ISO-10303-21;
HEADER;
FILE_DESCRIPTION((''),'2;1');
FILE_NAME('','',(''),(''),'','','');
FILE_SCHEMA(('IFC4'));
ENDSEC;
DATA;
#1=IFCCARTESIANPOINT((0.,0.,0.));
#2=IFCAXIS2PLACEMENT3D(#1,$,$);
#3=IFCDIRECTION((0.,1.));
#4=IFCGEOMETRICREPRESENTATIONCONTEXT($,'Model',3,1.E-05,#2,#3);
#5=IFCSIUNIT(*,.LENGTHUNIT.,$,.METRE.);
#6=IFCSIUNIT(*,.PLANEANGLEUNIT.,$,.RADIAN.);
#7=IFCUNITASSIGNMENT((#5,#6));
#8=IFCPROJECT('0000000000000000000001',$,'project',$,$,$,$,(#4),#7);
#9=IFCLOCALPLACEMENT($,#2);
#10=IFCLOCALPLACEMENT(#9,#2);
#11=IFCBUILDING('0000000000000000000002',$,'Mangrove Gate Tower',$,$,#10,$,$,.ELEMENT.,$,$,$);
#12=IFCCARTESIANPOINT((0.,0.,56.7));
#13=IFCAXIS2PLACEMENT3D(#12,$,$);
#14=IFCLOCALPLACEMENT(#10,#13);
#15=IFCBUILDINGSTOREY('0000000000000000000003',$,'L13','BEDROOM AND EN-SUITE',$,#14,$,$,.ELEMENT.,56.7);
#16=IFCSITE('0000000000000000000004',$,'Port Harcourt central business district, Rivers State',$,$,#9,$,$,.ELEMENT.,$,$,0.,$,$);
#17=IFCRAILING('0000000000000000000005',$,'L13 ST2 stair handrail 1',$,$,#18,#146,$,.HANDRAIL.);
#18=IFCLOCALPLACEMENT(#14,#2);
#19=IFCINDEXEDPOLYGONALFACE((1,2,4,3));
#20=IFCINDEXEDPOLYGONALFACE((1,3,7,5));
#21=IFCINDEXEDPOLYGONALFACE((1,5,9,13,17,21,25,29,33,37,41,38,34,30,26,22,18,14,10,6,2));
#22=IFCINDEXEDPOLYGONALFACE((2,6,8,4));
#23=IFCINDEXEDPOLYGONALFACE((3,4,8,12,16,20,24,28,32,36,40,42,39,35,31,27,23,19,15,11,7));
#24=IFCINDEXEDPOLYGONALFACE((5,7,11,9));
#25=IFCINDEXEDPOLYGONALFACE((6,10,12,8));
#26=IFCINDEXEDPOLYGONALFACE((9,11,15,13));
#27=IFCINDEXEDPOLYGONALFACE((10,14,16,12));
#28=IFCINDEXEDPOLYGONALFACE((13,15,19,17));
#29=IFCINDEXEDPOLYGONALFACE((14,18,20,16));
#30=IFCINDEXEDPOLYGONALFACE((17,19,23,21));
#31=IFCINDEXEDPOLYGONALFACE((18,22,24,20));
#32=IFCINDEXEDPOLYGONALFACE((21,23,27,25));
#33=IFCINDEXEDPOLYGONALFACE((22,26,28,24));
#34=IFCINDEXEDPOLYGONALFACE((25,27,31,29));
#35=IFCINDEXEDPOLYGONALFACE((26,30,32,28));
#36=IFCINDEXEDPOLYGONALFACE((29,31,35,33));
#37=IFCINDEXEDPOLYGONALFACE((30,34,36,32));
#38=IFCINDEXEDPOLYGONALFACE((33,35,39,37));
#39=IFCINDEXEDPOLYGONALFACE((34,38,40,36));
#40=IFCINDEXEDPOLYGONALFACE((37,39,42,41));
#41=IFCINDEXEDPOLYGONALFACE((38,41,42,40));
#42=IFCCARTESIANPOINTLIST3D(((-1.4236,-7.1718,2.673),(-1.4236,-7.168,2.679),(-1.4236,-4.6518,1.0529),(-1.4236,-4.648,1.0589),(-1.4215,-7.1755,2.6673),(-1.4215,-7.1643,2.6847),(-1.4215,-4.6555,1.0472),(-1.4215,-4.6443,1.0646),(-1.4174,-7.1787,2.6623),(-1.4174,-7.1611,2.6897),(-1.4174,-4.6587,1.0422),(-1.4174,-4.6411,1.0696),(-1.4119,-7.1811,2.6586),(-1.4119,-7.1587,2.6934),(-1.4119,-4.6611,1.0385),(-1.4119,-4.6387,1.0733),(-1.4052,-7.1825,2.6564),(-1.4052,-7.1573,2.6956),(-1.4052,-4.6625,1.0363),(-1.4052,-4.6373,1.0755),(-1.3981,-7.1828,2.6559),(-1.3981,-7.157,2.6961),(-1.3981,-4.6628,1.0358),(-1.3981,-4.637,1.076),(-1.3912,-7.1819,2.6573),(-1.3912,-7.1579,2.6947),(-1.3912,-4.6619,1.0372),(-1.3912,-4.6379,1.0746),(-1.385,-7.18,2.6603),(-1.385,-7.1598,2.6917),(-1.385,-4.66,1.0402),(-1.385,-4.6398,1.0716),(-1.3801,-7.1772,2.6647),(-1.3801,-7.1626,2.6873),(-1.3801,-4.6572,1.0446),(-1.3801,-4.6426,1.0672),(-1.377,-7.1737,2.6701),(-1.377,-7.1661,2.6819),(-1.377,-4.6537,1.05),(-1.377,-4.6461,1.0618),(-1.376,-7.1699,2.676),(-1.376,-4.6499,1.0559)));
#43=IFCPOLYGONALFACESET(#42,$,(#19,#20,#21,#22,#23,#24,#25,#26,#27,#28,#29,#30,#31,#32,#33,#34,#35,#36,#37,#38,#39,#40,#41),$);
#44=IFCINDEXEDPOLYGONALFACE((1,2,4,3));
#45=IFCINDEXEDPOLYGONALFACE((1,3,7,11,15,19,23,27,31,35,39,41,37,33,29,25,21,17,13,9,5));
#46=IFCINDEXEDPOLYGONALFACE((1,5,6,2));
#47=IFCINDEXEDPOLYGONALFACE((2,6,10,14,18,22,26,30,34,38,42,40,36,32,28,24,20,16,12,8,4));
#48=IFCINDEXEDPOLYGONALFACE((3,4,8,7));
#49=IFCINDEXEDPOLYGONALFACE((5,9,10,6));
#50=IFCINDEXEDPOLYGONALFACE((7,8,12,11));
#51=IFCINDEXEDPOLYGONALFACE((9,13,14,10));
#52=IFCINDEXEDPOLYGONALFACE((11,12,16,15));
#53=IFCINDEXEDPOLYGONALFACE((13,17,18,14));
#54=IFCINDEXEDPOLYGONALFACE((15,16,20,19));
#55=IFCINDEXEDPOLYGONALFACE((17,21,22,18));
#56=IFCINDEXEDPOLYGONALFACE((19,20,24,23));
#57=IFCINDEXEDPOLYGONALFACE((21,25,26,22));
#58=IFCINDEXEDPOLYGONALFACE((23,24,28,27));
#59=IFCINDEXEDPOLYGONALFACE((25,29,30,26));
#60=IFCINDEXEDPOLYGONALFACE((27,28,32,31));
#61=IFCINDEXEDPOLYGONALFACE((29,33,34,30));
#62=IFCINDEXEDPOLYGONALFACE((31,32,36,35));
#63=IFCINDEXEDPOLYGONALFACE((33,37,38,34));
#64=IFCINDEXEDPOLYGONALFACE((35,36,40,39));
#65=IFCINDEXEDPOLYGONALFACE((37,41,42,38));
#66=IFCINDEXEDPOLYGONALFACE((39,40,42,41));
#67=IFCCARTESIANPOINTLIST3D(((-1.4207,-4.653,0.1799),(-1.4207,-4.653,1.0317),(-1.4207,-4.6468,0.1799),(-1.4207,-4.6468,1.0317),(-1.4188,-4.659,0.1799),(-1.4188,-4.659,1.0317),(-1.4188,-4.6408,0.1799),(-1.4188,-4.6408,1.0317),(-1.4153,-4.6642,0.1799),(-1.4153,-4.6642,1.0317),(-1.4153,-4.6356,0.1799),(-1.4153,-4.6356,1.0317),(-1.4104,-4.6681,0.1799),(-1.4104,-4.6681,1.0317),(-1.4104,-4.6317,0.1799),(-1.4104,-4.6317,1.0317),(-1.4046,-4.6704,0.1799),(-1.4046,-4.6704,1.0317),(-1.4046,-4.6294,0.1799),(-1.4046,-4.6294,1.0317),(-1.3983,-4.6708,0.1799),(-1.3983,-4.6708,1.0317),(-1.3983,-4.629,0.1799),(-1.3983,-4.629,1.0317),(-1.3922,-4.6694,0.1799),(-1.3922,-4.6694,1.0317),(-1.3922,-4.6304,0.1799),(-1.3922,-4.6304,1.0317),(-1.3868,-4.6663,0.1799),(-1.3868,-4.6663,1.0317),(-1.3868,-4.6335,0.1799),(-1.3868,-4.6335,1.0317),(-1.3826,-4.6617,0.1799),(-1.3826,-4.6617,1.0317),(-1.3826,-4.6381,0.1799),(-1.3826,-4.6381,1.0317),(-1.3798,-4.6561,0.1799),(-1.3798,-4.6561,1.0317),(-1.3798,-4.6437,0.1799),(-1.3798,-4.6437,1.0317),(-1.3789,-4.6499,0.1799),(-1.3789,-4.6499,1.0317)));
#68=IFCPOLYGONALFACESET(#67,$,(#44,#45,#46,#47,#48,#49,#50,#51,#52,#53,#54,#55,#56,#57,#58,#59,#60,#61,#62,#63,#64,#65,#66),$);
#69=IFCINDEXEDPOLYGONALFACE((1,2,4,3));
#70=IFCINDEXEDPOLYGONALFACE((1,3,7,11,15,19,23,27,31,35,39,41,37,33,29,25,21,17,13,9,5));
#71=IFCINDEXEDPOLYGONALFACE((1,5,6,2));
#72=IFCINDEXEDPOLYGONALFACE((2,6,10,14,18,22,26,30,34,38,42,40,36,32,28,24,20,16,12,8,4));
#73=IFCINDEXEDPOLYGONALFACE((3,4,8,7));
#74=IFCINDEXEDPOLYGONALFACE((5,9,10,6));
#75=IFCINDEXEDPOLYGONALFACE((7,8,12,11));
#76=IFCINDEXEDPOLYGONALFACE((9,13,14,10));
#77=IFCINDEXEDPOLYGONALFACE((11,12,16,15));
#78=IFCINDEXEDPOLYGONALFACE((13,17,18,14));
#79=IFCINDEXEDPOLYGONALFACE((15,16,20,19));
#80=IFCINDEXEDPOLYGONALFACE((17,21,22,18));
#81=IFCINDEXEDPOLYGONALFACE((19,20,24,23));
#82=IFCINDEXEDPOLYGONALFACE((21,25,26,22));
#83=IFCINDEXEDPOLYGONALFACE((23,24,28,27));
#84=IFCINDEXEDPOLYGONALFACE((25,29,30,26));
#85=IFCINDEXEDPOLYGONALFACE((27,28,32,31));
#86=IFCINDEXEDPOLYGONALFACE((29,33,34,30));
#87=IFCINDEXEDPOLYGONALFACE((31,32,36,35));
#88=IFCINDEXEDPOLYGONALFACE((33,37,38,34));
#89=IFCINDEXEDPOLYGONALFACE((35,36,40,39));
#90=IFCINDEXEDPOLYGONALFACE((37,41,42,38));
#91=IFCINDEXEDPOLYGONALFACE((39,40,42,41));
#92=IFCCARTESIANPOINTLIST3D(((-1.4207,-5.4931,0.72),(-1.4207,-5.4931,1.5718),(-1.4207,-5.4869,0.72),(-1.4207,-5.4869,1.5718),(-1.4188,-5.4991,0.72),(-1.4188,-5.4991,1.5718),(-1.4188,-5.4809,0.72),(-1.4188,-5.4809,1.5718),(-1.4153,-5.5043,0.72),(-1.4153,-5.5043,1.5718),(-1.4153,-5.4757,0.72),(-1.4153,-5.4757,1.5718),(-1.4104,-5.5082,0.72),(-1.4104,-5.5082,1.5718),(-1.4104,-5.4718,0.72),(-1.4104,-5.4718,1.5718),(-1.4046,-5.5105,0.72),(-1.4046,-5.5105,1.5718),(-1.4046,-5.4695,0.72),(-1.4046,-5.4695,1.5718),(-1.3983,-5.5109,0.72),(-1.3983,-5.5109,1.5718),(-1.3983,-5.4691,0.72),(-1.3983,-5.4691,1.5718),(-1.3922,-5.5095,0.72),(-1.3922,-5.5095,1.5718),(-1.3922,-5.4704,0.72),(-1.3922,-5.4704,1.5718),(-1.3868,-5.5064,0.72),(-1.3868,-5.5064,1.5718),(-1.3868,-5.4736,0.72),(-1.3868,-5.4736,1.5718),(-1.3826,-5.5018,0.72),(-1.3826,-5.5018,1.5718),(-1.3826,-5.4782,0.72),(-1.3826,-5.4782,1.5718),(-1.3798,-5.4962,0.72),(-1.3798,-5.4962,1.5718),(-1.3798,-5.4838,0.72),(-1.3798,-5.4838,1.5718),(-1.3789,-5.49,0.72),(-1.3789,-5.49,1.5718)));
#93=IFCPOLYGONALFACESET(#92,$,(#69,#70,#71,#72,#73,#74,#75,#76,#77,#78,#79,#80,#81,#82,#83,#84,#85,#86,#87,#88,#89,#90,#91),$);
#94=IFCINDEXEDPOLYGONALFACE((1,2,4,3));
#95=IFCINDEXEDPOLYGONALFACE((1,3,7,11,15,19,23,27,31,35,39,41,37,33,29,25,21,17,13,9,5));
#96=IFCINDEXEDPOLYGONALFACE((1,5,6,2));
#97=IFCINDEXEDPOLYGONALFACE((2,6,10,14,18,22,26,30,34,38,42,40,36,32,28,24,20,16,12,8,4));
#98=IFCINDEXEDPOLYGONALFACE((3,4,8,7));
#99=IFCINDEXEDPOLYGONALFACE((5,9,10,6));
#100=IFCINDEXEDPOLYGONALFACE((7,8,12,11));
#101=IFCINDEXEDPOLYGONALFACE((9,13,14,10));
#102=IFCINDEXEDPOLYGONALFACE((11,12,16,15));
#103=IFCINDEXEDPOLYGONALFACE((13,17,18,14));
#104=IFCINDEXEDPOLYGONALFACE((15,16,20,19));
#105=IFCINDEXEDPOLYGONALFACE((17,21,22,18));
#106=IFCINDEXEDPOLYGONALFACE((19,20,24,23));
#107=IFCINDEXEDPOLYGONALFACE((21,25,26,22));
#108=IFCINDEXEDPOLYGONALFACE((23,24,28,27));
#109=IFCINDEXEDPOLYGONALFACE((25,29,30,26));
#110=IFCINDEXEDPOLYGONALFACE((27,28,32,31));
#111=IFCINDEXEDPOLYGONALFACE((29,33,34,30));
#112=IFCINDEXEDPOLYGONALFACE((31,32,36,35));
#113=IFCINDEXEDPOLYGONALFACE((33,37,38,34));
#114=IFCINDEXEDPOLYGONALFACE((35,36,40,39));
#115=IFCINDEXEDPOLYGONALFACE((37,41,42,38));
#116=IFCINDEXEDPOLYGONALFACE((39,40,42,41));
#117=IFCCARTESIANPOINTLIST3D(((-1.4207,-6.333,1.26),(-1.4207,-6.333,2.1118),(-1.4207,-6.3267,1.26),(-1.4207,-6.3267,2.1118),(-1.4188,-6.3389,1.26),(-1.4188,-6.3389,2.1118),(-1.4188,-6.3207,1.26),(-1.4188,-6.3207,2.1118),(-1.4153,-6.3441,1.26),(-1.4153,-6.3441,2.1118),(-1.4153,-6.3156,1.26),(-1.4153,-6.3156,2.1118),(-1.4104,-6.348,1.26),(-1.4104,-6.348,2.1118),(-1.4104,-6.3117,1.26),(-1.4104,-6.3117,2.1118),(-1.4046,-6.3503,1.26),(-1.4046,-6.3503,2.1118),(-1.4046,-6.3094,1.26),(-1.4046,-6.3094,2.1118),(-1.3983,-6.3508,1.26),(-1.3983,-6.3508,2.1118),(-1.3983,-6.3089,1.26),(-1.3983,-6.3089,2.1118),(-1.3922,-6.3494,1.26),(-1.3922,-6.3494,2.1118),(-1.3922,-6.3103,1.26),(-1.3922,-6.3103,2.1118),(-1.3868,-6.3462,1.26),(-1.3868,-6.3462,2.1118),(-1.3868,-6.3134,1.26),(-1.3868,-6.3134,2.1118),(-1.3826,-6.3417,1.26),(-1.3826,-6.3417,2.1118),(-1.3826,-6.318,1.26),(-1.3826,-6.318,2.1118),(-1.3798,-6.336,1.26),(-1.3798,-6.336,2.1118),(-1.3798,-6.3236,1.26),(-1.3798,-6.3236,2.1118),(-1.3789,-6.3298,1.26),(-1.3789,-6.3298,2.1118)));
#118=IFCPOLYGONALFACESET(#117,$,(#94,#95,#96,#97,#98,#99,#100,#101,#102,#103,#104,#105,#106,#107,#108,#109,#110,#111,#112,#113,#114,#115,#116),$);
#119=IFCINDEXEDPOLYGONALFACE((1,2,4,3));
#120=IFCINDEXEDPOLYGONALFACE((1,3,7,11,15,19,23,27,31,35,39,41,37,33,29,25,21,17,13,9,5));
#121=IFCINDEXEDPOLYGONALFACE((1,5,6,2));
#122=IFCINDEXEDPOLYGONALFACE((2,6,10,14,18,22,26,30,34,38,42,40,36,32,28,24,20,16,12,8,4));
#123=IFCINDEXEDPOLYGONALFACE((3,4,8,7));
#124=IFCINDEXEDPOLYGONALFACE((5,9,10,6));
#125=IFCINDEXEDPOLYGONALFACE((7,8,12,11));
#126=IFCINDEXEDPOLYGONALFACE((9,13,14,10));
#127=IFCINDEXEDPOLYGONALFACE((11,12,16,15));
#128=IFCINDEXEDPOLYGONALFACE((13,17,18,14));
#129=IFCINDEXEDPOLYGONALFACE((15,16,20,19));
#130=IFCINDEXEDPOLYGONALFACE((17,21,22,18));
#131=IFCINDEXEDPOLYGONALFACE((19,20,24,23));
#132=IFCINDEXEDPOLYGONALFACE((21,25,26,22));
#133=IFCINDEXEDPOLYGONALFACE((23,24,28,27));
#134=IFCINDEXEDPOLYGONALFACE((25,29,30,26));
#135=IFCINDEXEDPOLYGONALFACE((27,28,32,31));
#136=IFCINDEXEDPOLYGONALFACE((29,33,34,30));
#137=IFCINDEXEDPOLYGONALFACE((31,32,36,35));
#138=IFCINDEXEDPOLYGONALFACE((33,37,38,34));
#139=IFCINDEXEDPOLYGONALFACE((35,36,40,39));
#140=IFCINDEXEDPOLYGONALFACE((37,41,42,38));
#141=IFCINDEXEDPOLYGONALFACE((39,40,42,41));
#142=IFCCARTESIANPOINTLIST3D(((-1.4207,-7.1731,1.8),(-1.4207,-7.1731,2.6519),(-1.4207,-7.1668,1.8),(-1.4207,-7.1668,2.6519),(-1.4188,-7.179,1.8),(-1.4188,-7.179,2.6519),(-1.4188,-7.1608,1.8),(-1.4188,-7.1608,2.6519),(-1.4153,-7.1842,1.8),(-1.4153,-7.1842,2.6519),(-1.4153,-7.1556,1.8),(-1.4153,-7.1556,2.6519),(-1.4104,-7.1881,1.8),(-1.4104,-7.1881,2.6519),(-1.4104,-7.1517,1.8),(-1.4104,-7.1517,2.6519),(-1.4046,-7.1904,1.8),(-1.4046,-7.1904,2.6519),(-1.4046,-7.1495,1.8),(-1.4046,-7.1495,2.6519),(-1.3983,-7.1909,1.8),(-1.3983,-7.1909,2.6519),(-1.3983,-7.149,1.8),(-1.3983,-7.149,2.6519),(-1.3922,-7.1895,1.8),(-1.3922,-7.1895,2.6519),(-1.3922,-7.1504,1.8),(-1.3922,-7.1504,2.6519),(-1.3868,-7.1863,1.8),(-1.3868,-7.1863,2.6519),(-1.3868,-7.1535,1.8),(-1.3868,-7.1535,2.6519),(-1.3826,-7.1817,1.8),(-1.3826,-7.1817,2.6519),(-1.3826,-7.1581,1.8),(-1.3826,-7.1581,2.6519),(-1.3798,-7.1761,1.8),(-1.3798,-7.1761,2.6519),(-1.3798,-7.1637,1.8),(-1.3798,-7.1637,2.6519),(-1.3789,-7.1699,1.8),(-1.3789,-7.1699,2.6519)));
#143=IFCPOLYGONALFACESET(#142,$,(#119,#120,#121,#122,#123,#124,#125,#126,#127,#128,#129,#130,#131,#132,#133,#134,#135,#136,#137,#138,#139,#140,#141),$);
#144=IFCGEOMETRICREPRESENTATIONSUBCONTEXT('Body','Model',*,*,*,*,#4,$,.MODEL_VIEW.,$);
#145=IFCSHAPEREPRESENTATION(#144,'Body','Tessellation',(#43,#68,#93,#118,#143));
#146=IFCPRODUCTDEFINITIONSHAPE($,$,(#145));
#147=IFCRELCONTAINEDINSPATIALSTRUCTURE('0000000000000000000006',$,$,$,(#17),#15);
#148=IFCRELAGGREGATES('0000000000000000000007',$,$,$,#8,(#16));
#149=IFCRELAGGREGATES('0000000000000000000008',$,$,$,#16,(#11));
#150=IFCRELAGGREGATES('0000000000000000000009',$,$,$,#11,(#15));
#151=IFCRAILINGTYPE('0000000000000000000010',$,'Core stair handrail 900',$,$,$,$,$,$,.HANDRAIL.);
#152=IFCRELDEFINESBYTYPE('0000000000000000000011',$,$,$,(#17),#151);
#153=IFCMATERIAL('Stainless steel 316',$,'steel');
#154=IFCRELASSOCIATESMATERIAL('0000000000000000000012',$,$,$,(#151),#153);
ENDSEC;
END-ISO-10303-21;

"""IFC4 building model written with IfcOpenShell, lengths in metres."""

from ifc_helpers import new_model, si_unit, direction, frame, origin, origin_2d, place, context, subcontext, project, spatial, circle, extrude, material, type_object, element, save


model = new_model("IFC4")

# Units and contexts
model_context = context("Model", 3, precision=1e-05, world=origin(), true_north=direction((0.0, 1.0)))
body_context = subcontext(model_context, "Body", "Model", "MODEL_VIEW")
ifc_project = project(units=[si_unit("LENGTHUNIT", "METRE"), si_unit("PLANEANGLEUNIT", "RADIAN")], contexts=[model_context])

# Site, building, storey
site_placement = place(None, origin())
site = spatial("IfcSite", under=ifc_project, at=site_placement, Name="Port Harcourt central business district, Rivers State", CompositionType="ELEMENT", RefElevation=0.0)
building_placement = place(site_placement, origin())
building = spatial("IfcBuilding", under=site, at=building_placement, Name="Mangrove Gate Tower", CompositionType="ELEMENT")
storey_placement = place(building_placement, frame((0.0, 0.0, 56.7)))
storey = spatial("IfcBuildingStorey", under=building, at=storey_placement, Name="L13", Description="BEDROOM AND EN-SUITE", CompositionType="ELEMENT", Elevation=56.7)

# Railing
ifc_material_1 = material(Name="Stainless steel 316", Category="steel")
railing_type_1 = type_object("IfcRailingType", Name="Core stair handrail 900", PredefinedType="HANDRAIL", material=ifc_material_1)
railing_1_placement = place(storey_placement, frame((-1.3999, -4.6499, 0.1799)))
element("IfcRailing", 1, at=railing_1_placement, inside=storey, type_object=railing_type_1, Name="L13 ST2 stair handrail 1", PredefinedType="HANDRAIL", context=body_context, shape_type="SweptSolid", body=[
    extrude(circle(Radius=0.0239, at=origin_2d()), frame((0.0, 0.0, 0.876), z_axis=(0.0, -0.841163, 0.540782), x_axis=(1.0, 0.0, 0.0)), (0.0, 0.0, 1.0), 2.9958),
    extrude(circle(Radius=0.021, at=origin_2d()), origin(), (0.0, 0.0, 1.0), 0.8518),
    extrude(circle(Radius=0.021, at=origin_2d()), frame((0.0, -0.8401, 0.54)), (0.0, 0.0, 1.0), 0.8518),
    extrude(circle(Radius=0.021, at=origin_2d()), frame((0.0, -1.6799, 1.0801)), (0.0, 0.0, 1.0), 0.8518),
    extrude(circle(Radius=0.021, at=origin_2d()), frame((0.0, -2.52, 1.6201)), (0.0, 0.0, 1.0), 0.8518),
])

save(model, "model.ifc")
